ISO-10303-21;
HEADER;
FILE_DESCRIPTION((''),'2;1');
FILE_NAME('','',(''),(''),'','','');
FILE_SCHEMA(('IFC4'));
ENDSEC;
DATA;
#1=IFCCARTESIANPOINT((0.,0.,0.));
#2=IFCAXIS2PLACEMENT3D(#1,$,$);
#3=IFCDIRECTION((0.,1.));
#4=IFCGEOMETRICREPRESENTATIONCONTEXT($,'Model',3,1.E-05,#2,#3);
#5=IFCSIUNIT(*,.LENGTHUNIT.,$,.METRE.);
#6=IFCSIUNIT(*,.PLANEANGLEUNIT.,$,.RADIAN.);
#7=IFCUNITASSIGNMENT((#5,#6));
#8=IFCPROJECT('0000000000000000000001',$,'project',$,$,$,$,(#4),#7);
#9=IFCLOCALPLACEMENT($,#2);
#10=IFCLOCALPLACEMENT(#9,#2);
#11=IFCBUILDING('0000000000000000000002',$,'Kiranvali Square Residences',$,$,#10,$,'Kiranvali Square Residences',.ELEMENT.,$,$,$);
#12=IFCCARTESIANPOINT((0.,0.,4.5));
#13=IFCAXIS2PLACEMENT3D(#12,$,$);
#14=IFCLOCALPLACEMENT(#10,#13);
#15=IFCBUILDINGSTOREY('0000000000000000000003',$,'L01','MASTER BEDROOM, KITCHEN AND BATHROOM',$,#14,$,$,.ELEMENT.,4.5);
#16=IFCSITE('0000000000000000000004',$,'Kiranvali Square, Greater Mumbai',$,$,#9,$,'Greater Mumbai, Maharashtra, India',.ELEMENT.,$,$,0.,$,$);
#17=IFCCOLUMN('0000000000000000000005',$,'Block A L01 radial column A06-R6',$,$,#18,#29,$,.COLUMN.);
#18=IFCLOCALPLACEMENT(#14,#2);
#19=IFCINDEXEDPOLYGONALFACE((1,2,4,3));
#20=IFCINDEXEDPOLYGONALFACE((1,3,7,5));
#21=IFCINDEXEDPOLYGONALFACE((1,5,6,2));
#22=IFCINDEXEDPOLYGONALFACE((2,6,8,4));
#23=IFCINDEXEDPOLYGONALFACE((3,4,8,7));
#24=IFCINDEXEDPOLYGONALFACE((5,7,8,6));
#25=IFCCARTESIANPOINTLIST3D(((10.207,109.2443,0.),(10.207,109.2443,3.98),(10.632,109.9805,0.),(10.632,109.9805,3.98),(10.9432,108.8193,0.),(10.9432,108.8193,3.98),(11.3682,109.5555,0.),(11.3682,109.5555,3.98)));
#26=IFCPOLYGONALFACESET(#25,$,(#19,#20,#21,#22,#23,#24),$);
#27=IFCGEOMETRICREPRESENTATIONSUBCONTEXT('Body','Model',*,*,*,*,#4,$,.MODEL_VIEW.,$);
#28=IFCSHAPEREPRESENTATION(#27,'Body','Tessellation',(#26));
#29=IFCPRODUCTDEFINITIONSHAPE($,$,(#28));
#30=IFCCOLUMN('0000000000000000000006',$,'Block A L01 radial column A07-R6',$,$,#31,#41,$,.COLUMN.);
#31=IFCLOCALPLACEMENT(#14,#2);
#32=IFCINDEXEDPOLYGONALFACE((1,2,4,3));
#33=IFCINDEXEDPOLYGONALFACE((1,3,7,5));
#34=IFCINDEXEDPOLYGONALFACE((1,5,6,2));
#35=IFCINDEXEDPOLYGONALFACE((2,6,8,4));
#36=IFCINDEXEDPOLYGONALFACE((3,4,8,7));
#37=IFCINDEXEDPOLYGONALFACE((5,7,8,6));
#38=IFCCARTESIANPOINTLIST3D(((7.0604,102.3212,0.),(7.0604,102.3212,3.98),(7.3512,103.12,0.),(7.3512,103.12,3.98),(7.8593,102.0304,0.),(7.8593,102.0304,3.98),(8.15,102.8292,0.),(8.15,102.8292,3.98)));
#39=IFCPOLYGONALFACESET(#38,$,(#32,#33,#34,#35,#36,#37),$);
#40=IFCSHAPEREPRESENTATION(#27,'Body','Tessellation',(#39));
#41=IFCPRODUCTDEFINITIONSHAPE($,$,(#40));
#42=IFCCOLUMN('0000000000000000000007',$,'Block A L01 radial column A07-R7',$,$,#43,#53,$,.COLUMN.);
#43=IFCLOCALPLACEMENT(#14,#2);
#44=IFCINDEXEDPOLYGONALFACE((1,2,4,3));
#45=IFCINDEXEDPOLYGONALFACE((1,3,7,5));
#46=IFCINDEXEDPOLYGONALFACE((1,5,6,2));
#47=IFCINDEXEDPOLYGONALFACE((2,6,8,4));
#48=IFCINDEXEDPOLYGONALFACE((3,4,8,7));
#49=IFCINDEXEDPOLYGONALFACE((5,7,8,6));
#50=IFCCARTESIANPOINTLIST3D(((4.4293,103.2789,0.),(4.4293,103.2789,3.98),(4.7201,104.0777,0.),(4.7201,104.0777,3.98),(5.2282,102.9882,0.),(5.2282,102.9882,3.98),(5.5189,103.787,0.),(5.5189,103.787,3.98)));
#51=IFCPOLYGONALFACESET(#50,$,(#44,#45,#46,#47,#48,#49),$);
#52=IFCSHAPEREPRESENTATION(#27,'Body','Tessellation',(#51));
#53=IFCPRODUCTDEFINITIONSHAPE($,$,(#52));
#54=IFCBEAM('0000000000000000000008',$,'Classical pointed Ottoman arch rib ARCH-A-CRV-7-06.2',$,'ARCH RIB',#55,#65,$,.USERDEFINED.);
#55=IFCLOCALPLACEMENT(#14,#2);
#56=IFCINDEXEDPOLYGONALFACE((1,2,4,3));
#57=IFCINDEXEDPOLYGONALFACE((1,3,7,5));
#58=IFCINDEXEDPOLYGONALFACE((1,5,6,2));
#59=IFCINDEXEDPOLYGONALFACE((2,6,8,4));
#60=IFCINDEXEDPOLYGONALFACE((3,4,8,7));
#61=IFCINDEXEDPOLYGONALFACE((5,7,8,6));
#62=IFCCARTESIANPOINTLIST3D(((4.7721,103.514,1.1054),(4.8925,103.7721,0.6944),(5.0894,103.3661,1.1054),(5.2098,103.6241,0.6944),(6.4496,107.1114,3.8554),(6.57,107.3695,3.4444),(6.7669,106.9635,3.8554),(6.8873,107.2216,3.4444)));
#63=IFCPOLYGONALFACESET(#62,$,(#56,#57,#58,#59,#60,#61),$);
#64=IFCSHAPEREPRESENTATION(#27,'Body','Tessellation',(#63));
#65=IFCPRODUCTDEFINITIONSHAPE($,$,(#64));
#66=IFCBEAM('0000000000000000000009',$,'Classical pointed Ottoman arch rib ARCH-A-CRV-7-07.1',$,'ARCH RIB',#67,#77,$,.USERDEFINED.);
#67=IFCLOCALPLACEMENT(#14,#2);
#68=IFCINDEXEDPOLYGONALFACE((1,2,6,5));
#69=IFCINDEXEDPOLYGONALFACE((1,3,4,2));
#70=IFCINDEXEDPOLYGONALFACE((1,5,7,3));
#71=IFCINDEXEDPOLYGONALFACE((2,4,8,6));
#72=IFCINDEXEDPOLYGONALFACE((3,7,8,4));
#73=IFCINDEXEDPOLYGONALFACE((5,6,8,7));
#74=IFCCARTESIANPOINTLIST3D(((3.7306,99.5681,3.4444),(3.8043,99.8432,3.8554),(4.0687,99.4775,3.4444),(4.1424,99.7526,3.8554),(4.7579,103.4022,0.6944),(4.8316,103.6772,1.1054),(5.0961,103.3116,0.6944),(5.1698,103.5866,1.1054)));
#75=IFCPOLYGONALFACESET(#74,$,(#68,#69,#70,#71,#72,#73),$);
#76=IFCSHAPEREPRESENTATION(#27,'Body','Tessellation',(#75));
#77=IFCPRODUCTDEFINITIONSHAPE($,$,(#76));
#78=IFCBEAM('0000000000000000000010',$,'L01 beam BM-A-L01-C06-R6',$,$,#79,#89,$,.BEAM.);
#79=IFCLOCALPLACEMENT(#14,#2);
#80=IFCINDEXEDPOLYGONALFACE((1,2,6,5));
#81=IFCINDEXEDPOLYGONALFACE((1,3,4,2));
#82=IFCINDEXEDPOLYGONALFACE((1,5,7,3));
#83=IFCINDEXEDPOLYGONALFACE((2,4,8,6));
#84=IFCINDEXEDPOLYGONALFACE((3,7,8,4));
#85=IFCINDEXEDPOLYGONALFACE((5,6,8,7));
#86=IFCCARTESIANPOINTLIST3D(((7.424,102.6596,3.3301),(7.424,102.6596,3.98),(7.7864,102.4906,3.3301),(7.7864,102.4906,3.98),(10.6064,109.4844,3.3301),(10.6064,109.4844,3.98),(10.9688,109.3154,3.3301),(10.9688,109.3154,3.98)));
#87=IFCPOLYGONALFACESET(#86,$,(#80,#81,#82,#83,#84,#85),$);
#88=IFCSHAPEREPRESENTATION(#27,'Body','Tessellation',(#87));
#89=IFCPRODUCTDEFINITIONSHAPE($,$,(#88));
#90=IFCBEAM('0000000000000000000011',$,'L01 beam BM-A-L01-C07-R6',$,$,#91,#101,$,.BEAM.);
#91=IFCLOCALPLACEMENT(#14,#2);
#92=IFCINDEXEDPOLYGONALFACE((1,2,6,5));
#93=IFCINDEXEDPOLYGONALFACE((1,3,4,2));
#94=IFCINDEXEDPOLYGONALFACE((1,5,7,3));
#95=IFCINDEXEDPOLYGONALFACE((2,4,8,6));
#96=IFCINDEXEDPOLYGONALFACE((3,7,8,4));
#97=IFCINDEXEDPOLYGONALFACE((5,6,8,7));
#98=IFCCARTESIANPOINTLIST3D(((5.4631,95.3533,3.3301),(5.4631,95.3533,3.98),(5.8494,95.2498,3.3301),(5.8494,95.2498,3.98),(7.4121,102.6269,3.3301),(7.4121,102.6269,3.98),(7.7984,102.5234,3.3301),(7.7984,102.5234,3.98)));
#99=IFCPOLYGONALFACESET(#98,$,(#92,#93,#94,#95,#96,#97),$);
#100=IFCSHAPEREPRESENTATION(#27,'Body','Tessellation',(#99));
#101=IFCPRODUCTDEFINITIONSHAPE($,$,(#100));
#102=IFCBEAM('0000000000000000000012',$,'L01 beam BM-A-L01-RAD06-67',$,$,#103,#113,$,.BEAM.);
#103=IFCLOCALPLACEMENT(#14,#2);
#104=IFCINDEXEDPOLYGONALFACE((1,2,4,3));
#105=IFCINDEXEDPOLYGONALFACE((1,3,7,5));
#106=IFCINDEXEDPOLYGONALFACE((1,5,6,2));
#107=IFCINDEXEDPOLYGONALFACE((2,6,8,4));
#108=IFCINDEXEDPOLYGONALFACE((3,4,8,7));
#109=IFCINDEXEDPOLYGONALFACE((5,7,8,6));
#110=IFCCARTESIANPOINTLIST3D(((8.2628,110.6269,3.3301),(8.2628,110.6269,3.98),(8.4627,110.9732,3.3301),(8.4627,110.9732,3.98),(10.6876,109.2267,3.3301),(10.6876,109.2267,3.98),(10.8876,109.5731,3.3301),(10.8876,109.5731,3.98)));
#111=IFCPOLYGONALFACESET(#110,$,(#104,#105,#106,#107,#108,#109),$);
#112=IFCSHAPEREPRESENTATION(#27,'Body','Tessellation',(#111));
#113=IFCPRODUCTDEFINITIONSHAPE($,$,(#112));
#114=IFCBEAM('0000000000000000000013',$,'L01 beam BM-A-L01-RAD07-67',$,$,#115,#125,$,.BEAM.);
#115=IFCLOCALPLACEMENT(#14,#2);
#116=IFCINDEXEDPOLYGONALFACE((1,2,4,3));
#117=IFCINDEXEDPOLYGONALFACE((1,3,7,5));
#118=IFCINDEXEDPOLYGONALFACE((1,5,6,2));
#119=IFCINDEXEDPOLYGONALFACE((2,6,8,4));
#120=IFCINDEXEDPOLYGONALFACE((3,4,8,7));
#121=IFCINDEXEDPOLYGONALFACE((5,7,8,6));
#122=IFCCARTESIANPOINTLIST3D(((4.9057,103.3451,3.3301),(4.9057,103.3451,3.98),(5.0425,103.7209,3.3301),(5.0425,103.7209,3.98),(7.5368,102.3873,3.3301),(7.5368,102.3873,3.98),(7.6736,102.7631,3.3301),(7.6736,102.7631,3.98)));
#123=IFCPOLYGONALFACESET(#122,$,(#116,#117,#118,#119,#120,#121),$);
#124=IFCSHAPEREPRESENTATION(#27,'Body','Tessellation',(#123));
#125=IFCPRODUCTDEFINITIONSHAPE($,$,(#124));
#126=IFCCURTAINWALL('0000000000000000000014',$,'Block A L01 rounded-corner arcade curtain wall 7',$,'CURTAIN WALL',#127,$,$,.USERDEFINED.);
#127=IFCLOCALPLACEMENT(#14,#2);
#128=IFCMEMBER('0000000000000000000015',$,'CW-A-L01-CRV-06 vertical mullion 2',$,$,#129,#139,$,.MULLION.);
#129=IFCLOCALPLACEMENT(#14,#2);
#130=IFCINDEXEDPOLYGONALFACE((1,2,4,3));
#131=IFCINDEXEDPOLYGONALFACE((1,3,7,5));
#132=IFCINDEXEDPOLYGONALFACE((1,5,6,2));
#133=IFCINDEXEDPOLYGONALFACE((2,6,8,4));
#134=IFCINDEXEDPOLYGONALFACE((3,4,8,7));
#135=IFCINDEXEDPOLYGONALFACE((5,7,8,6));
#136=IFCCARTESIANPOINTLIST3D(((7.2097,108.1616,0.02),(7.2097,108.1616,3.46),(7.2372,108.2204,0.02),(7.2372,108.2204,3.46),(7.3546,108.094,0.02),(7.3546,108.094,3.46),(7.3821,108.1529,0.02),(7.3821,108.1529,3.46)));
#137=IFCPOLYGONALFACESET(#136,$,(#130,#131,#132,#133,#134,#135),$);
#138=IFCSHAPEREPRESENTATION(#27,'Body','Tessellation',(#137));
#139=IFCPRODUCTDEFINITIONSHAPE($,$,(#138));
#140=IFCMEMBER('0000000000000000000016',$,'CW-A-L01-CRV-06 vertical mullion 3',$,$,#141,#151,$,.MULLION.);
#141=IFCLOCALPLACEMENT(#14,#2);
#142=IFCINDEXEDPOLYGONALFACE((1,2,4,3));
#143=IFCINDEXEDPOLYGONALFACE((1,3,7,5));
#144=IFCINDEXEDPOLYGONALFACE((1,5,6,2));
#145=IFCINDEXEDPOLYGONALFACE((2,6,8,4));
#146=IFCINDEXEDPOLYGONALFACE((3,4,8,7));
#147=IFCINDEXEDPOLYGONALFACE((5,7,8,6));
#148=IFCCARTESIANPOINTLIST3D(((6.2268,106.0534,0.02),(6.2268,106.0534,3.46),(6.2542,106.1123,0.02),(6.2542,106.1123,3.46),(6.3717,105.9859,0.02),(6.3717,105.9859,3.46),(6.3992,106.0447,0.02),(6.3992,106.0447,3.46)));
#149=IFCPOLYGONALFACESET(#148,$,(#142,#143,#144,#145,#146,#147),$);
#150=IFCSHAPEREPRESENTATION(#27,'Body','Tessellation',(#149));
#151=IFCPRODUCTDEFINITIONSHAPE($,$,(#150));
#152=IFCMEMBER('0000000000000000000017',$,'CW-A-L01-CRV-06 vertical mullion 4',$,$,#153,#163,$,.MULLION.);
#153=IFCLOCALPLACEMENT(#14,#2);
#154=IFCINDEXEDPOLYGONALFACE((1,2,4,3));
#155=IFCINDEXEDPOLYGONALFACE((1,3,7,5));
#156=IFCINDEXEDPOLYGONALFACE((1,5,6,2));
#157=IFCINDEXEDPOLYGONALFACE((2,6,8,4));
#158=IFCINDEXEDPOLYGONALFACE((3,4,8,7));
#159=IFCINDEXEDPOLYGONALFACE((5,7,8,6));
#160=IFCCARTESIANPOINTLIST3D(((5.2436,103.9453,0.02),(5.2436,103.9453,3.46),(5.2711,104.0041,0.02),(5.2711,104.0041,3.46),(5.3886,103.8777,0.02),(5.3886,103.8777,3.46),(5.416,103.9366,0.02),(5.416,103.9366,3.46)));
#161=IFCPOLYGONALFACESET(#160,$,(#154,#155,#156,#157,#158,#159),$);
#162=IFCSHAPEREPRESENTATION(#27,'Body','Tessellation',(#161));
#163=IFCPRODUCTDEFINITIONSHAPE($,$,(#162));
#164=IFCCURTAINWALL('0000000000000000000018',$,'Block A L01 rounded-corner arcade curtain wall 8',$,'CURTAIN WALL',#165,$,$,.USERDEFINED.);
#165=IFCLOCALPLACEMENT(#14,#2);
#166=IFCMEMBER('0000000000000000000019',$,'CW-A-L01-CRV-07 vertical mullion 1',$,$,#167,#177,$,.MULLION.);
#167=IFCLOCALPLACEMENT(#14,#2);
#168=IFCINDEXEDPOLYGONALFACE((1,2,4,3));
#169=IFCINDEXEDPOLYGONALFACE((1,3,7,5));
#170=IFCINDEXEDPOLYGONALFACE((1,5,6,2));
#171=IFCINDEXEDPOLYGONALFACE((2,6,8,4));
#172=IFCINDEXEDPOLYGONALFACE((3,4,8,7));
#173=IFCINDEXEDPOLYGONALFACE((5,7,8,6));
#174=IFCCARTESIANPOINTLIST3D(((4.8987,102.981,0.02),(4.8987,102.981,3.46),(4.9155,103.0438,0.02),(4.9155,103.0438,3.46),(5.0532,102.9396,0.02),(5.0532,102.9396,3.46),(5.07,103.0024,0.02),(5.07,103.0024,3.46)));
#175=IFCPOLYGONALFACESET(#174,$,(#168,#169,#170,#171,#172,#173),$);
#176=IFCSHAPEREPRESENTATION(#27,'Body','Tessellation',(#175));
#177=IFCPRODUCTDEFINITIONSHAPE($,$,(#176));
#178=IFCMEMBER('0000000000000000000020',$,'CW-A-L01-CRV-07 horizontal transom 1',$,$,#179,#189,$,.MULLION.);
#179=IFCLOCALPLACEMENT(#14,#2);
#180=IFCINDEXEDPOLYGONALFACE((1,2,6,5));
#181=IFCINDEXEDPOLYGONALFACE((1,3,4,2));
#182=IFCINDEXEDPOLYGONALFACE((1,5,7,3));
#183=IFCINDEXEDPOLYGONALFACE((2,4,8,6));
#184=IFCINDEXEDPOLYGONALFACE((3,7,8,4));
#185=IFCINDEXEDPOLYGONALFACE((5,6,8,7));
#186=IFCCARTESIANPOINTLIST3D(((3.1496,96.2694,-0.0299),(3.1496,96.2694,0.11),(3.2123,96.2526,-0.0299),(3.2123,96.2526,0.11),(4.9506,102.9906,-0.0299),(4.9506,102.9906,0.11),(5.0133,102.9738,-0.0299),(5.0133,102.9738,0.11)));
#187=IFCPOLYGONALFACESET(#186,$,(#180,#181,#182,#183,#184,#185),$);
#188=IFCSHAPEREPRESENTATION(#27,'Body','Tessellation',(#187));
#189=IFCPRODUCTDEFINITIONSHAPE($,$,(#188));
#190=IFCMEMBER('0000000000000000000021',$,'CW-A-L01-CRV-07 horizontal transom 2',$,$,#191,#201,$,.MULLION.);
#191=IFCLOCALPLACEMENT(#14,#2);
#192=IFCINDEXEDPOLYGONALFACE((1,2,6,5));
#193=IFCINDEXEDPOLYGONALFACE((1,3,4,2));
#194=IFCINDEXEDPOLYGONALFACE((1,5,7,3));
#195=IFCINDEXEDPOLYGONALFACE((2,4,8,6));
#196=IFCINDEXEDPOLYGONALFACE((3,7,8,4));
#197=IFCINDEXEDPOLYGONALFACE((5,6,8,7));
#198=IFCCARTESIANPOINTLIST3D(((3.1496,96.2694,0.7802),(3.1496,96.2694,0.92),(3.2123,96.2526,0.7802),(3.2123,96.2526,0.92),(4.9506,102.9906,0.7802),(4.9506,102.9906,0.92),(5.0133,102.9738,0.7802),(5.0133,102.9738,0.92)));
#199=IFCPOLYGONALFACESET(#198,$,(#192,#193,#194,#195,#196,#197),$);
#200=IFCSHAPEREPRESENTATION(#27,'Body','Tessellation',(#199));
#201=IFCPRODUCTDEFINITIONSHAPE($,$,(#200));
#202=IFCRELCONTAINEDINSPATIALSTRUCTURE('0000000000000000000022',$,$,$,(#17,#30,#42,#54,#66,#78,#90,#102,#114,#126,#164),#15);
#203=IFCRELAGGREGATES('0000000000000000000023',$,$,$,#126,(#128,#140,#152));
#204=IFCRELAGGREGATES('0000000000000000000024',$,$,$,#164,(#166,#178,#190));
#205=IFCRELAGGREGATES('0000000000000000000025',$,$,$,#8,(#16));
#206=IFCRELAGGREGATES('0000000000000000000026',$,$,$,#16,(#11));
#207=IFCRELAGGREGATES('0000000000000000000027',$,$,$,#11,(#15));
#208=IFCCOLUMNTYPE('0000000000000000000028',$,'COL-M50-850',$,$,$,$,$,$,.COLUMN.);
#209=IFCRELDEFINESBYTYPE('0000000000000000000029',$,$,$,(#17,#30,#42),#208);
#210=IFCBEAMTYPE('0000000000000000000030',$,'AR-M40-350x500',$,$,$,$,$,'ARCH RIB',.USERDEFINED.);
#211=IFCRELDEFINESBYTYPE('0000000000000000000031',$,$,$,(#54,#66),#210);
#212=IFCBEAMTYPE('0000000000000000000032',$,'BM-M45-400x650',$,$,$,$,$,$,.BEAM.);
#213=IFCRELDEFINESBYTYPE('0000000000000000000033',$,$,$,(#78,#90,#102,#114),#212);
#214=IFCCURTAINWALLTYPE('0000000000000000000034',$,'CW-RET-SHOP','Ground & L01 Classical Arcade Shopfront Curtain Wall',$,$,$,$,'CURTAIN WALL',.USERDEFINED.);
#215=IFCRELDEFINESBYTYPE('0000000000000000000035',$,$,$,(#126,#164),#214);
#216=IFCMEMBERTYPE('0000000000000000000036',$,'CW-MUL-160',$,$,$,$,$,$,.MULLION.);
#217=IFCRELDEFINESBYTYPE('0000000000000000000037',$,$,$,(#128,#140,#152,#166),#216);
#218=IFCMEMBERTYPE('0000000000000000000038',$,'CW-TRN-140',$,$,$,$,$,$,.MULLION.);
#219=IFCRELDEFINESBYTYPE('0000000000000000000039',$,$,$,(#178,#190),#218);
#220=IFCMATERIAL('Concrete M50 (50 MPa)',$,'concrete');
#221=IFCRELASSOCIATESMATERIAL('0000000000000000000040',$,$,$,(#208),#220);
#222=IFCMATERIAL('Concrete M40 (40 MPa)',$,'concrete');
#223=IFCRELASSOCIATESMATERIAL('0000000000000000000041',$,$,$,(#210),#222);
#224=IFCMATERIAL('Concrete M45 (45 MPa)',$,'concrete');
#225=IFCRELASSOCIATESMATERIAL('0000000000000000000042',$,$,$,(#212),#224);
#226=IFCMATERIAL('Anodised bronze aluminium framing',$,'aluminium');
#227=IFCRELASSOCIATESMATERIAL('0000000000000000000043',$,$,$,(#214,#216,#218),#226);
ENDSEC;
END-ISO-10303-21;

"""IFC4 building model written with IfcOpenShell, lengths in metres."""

from ifc_helpers import new_model, si_unit, direction, frame, origin, origin_2d, place, context, subcontext, project, spatial, rectangle, extrude, material, material_profile, profile_set, type_object, element, aggregate, save


model = new_model("IFC4")

# Units and contexts
model_context = context("Model", 3, precision=1e-05, world=origin(), true_north=direction((0.0, 1.0)))
body_context = subcontext(model_context, "Body", "Model", "MODEL_VIEW")
ifc_project = project(units=[si_unit("LENGTHUNIT", "METRE"), si_unit("PLANEANGLEUNIT", "RADIAN")], contexts=[model_context])

# Site, building, storey
site_placement = place(None, origin())
site = spatial("IfcSite", under=ifc_project, at=site_placement, Name="Kiranvali Square, Greater Mumbai", LongName="Greater Mumbai, Maharashtra, India", CompositionType="ELEMENT", RefElevation=0.0)
building_placement = place(site_placement, origin())
building = spatial("IfcBuilding", under=site, at=building_placement, Name="Kiranvali Square Residences", LongName="Kiranvali Square Residences", CompositionType="ELEMENT")
storey_placement = place(building_placement, frame((0.0, 0.0, 4.5)))
storey = spatial("IfcBuildingStorey", under=building, at=storey_placement, Name="L01", Description="MASTER BEDROOM, KITCHEN AND BATHROOM", CompositionType="ELEMENT", Elevation=4.5)

# Columns
ifc_material_1 = material(Name="Concrete M50 (50 MPa)", Category="concrete")
ifc_material_profile_1 = material_profile(ifc_material_1, rectangle(XDim=0.8501, YDim=0.8501, at=origin_2d()), Name="RC 850x850")
ifc_profile_set_1 = profile_set([ifc_material_profile_1], Name="Concrete M50 (50 MPa)")
column_type = type_object("IfcColumnType", Name="COL-M50-850", PredefinedType="COLUMN", material=ifc_profile_set_1)
for number, where, z_axis, x_axis, name in (
    (1, (10.7876, 109.3999, 0.0), (0.0, 0.0, 1.0), (0.5, 0.866025, 0.0), "Block A L01 radial column A06-R6"),
    (2, (7.6052, 102.5752, 0.0), (0.0, 0.0, 1.0), (0.34202, 0.939693, 0.0), "Block A L01 radial column A07-R6"),
    (3, (4.9741, 103.533, 0.0), (0.0, 0.0, 1.0), (0.34202, 0.939693, 0.0), "Block A L01 radial column A07-R7"),
):
    element("IfcColumn", number, at=place(storey_placement, frame(where, z_axis=z_axis, x_axis=x_axis)), inside=storey, type_object=column_type, Name=name, PredefinedType="COLUMN", context=body_context, shape_type="SweptSolid", body=[
        extrude(rectangle(XDim=0.8501, YDim=0.8501, at=origin_2d()), origin(), (0.0, 0.0, 1.0), 3.98),
    ])

# Beams
ifc_material_2 = material(Name="Concrete M40 (40 MPa)", Category="concrete")
ifc_material_profile_2 = material_profile(ifc_material_2, rectangle(XDim=0.3501, YDim=0.5, at=origin_2d()), Name="RC 350x500")
ifc_profile_set_2 = profile_set([ifc_material_profile_2], Name="Concrete M40 (40 MPa)")
beam_type_1 = type_object("IfcBeamType", Name="AR-M40-350x500", ElementType="ARCH RIB", PredefinedType="USERDEFINED", material=ifc_profile_set_2)
for number, where, z_axis, x_axis, name in (
    (4, (6.6685, 107.1665, 3.6499), (-0.347389, -0.744982, -0.569493), (0.906309, -0.422616, 0.0), "Classical pointed Ottoman arch rib ARCH-A-CRV-7-06.2"),
    (5, (4.9639, 103.4944, 0.8999), (-0.212753, -0.793982, 0.569499), (0.965924, -0.258826, 0.0), "Classical pointed Ottoman arch rib ARCH-A-CRV-7-07.1"),
):
    element("IfcBeam", number, at=place(storey_placement, frame(where, z_axis=z_axis, x_axis=x_axis)), inside=storey, type_object=beam_type_1, Name=name, ObjectType="ARCH RIB", PredefinedType="USERDEFINED", context=body_context, shape_type="SweptSolid", body=[
        extrude(rectangle(XDim=0.3501, YDim=0.5, at=origin_2d()), origin(), (0.0, 0.0, 1.0), 4.8289),
    ])
ifc_material_3 = material(Name="Concrete M45 (45 MPa)", Category="concrete")
ifc_material_profile_3 = material_profile(ifc_material_3, rectangle(XDim=0.3999, YDim=0.6499, at=origin_2d()), Name="RC 400x650")
ifc_profile_set_3 = profile_set([ifc_material_profile_3], Name="Concrete M45 (45 MPa)")
beam_type_2 = type_object("IfcBeamType", Name="BM-M45-400x650", PredefinedType="BEAM", material=ifc_profile_set_3)
for number, where, z_axis, x_axis, name in (
    (6, (10.7876, 109.3999, 3.655), (-0.422614, -0.90631, 0.0), (0.90631, -0.422614, 0.0), "L01 beam BM-A-L01-C06-R6"),
    (7, (7.6052, 102.5752, 3.655), (-0.258819, -0.965926, 0.0), (0.965926, -0.258819, 0.0), "L01 beam BM-A-L01-C07-R6"),
):
    element("IfcBeam", number, at=place(storey_placement, frame(where, z_axis=z_axis, x_axis=x_axis)), inside=storey, type_object=beam_type_2, Name=name, PredefinedType="BEAM", context=body_context, shape_type="SweptSolid", body=[
        extrude(rectangle(XDim=0.3999, YDim=0.6499, at=origin_2d()), origin(), (0.0, 0.0, 1.0), 7.5303),
    ])
for number, where, z_axis, x_axis, name in (
    (8, (10.7876, 109.3999, 3.655), (-0.865997, 0.50005, 0.0), (-0.50005, -0.865997, 0.0), "L01 beam BM-A-L01-RAD06-67"),
    (9, (7.6052, 102.5752, 3.655), (-0.939679, 0.342058, 0.0), (-0.342058, -0.939679, 0.0), "L01 beam BM-A-L01-RAD07-67"),
):
    element("IfcBeam", number, at=place(storey_placement, frame(where, z_axis=z_axis, x_axis=x_axis)), inside=storey, type_object=beam_type_2, Name=name, PredefinedType="BEAM", context=body_context, shape_type="SweptSolid", body=[
        extrude(rectangle(XDim=0.3999, YDim=0.6499, at=origin_2d()), origin(), (0.0, 0.0, 1.0), 2.8),
    ])

# Curtain walls, members
ifc_material_4 = material(Name="Anodised bronze aluminium framing", Category="aluminium")
curtain_wall_type = type_object("IfcCurtainWallType", Name="CW-RET-SHOP", Description="Ground & L01 Classical Arcade Shopfront Curtain Wall", ElementType="CURTAIN WALL", PredefinedType="USERDEFINED", material=ifc_material_4)
curtain_wall_1_placement = place(storey_placement, origin())
curtain_wall_1 = element("IfcCurtainWall", 10, at=curtain_wall_1_placement, inside=storey, type_object=curtain_wall_type, Name="Block A L01 rounded-corner arcade curtain wall 7", ObjectType="CURTAIN WALL", PredefinedType="USERDEFINED")
ifc_material_profile_4 = material_profile(ifc_material_4, rectangle(XDim=0.0649, YDim=0.1599, at=origin_2d()), Name="ALU 65x160")
ifc_profile_set_4 = profile_set([ifc_material_profile_4], Name="Anodised bronze aluminium framing")
member_type_1 = type_object("IfcMemberType", Name="CW-MUL-160", PredefinedType="MULLION", material=ifc_profile_set_4)
member_1_placement = place(storey_placement, frame((7.2959, 108.1572, 0.02), z_axis=(0.0, 0.0, 1.0), x_axis=(-0.422618, -0.906308, 0.0)))
member_1 = element("IfcMember", 11, at=member_1_placement, type_object=member_type_1, Name="CW-A-L01-CRV-06 vertical mullion 2", PredefinedType="MULLION", context=body_context, shape_type="SweptSolid", body=[
    extrude(rectangle(XDim=0.0649, YDim=0.1599, at=origin_2d()), origin(), (0.0, 0.0, 1.0), 3.4399),
])
member_2_placement = place(storey_placement, frame((6.313, 106.0491, 0.02), z_axis=(0.0, 0.0, 1.0), x_axis=(-0.422618, -0.906308, 0.0)))
member_2 = element("IfcMember", 12, at=member_2_placement, type_object=member_type_1, Name="CW-A-L01-CRV-06 vertical mullion 3", PredefinedType="MULLION", context=body_context, shape_type="SweptSolid", body=[
    extrude(rectangle(XDim=0.0649, YDim=0.1599, at=origin_2d()), origin(), (0.0, 0.0, 1.0), 3.4399),
])
member_3_placement = place(storey_placement, frame((5.3298, 103.9409, 0.02), z_axis=(0.0, 0.0, 1.0), x_axis=(-0.422618, -0.906308, 0.0)))
member_3 = element("IfcMember", 13, at=member_3_placement, type_object=member_type_1, Name="CW-A-L01-CRV-06 vertical mullion 4", PredefinedType="MULLION", context=body_context, shape_type="SweptSolid", body=[
    extrude(rectangle(XDim=0.0649, YDim=0.1599, at=origin_2d()), origin(), (0.0, 0.0, 1.0), 3.4399),
])
curtain_wall_2_placement = place(storey_placement, origin())
curtain_wall_2 = element("IfcCurtainWall", 14, at=curtain_wall_2_placement, inside=storey, type_object=curtain_wall_type, Name="Block A L01 rounded-corner arcade curtain wall 8", ObjectType="CURTAIN WALL", PredefinedType="USERDEFINED")
member_4_placement = place(storey_placement, frame((4.9844, 102.9917, 0.02), z_axis=(0.0, 0.0, 1.0), x_axis=(-0.258819, -0.965926, 0.0)))
member_4 = element("IfcMember", 15, at=member_4_placement, type_object=member_type_1, Name="CW-A-L01-CRV-07 vertical mullion 1", PredefinedType="MULLION", context=body_context, shape_type="SweptSolid", body=[
    extrude(rectangle(XDim=0.0649, YDim=0.1599, at=origin_2d()), origin(), (0.0, 0.0, 1.0), 3.4399),
])
ifc_material_profile_5 = material_profile(ifc_material_4, rectangle(XDim=0.0649, YDim=0.1399, at=origin_2d()), Name="ALU 65x140")
ifc_profile_set_5 = profile_set([ifc_material_profile_5], Name="Anodised bronze aluminium framing")
member_type_2 = type_object("IfcMemberType", Name="CW-TRN-140", PredefinedType="MULLION", material=ifc_profile_set_5)
member_5_placement = place(storey_placement, frame((4.9819, 102.9822, 0.04), z_axis=(-0.258831, -0.965923, 0.0), x_axis=(0.965923, -0.258831, 0.0)))
member_5 = element("IfcMember", 16, at=member_5_placement, type_object=member_type_2, Name="CW-A-L01-CRV-07 horizontal transom 1", PredefinedType="MULLION", context=body_context, shape_type="SweptSolid", body=[
    extrude(rectangle(XDim=0.0649, YDim=0.1399, at=origin_2d()), origin(), (0.0, 0.0, 1.0), 6.9583),
])
member_6_placement = place(storey_placement, frame((4.9819, 102.9822, 0.8501), z_axis=(-0.258831, -0.965923, 0.0), x_axis=(0.965923, -0.258831, 0.0)))
member_6 = element("IfcMember", 17, at=member_6_placement, type_object=member_type_2, Name="CW-A-L01-CRV-07 horizontal transom 2", PredefinedType="MULLION", context=body_context, shape_type="SweptSolid", body=[
    extrude(rectangle(XDim=0.0649, YDim=0.1399, at=origin_2d()), origin(), (0.0, 0.0, 1.0), 6.9583),
])

aggregate(curtain_wall_1, [member_1, member_2, member_3])
aggregate(curtain_wall_2, [member_4, member_5, member_6])

save(model, "model.ifc")
